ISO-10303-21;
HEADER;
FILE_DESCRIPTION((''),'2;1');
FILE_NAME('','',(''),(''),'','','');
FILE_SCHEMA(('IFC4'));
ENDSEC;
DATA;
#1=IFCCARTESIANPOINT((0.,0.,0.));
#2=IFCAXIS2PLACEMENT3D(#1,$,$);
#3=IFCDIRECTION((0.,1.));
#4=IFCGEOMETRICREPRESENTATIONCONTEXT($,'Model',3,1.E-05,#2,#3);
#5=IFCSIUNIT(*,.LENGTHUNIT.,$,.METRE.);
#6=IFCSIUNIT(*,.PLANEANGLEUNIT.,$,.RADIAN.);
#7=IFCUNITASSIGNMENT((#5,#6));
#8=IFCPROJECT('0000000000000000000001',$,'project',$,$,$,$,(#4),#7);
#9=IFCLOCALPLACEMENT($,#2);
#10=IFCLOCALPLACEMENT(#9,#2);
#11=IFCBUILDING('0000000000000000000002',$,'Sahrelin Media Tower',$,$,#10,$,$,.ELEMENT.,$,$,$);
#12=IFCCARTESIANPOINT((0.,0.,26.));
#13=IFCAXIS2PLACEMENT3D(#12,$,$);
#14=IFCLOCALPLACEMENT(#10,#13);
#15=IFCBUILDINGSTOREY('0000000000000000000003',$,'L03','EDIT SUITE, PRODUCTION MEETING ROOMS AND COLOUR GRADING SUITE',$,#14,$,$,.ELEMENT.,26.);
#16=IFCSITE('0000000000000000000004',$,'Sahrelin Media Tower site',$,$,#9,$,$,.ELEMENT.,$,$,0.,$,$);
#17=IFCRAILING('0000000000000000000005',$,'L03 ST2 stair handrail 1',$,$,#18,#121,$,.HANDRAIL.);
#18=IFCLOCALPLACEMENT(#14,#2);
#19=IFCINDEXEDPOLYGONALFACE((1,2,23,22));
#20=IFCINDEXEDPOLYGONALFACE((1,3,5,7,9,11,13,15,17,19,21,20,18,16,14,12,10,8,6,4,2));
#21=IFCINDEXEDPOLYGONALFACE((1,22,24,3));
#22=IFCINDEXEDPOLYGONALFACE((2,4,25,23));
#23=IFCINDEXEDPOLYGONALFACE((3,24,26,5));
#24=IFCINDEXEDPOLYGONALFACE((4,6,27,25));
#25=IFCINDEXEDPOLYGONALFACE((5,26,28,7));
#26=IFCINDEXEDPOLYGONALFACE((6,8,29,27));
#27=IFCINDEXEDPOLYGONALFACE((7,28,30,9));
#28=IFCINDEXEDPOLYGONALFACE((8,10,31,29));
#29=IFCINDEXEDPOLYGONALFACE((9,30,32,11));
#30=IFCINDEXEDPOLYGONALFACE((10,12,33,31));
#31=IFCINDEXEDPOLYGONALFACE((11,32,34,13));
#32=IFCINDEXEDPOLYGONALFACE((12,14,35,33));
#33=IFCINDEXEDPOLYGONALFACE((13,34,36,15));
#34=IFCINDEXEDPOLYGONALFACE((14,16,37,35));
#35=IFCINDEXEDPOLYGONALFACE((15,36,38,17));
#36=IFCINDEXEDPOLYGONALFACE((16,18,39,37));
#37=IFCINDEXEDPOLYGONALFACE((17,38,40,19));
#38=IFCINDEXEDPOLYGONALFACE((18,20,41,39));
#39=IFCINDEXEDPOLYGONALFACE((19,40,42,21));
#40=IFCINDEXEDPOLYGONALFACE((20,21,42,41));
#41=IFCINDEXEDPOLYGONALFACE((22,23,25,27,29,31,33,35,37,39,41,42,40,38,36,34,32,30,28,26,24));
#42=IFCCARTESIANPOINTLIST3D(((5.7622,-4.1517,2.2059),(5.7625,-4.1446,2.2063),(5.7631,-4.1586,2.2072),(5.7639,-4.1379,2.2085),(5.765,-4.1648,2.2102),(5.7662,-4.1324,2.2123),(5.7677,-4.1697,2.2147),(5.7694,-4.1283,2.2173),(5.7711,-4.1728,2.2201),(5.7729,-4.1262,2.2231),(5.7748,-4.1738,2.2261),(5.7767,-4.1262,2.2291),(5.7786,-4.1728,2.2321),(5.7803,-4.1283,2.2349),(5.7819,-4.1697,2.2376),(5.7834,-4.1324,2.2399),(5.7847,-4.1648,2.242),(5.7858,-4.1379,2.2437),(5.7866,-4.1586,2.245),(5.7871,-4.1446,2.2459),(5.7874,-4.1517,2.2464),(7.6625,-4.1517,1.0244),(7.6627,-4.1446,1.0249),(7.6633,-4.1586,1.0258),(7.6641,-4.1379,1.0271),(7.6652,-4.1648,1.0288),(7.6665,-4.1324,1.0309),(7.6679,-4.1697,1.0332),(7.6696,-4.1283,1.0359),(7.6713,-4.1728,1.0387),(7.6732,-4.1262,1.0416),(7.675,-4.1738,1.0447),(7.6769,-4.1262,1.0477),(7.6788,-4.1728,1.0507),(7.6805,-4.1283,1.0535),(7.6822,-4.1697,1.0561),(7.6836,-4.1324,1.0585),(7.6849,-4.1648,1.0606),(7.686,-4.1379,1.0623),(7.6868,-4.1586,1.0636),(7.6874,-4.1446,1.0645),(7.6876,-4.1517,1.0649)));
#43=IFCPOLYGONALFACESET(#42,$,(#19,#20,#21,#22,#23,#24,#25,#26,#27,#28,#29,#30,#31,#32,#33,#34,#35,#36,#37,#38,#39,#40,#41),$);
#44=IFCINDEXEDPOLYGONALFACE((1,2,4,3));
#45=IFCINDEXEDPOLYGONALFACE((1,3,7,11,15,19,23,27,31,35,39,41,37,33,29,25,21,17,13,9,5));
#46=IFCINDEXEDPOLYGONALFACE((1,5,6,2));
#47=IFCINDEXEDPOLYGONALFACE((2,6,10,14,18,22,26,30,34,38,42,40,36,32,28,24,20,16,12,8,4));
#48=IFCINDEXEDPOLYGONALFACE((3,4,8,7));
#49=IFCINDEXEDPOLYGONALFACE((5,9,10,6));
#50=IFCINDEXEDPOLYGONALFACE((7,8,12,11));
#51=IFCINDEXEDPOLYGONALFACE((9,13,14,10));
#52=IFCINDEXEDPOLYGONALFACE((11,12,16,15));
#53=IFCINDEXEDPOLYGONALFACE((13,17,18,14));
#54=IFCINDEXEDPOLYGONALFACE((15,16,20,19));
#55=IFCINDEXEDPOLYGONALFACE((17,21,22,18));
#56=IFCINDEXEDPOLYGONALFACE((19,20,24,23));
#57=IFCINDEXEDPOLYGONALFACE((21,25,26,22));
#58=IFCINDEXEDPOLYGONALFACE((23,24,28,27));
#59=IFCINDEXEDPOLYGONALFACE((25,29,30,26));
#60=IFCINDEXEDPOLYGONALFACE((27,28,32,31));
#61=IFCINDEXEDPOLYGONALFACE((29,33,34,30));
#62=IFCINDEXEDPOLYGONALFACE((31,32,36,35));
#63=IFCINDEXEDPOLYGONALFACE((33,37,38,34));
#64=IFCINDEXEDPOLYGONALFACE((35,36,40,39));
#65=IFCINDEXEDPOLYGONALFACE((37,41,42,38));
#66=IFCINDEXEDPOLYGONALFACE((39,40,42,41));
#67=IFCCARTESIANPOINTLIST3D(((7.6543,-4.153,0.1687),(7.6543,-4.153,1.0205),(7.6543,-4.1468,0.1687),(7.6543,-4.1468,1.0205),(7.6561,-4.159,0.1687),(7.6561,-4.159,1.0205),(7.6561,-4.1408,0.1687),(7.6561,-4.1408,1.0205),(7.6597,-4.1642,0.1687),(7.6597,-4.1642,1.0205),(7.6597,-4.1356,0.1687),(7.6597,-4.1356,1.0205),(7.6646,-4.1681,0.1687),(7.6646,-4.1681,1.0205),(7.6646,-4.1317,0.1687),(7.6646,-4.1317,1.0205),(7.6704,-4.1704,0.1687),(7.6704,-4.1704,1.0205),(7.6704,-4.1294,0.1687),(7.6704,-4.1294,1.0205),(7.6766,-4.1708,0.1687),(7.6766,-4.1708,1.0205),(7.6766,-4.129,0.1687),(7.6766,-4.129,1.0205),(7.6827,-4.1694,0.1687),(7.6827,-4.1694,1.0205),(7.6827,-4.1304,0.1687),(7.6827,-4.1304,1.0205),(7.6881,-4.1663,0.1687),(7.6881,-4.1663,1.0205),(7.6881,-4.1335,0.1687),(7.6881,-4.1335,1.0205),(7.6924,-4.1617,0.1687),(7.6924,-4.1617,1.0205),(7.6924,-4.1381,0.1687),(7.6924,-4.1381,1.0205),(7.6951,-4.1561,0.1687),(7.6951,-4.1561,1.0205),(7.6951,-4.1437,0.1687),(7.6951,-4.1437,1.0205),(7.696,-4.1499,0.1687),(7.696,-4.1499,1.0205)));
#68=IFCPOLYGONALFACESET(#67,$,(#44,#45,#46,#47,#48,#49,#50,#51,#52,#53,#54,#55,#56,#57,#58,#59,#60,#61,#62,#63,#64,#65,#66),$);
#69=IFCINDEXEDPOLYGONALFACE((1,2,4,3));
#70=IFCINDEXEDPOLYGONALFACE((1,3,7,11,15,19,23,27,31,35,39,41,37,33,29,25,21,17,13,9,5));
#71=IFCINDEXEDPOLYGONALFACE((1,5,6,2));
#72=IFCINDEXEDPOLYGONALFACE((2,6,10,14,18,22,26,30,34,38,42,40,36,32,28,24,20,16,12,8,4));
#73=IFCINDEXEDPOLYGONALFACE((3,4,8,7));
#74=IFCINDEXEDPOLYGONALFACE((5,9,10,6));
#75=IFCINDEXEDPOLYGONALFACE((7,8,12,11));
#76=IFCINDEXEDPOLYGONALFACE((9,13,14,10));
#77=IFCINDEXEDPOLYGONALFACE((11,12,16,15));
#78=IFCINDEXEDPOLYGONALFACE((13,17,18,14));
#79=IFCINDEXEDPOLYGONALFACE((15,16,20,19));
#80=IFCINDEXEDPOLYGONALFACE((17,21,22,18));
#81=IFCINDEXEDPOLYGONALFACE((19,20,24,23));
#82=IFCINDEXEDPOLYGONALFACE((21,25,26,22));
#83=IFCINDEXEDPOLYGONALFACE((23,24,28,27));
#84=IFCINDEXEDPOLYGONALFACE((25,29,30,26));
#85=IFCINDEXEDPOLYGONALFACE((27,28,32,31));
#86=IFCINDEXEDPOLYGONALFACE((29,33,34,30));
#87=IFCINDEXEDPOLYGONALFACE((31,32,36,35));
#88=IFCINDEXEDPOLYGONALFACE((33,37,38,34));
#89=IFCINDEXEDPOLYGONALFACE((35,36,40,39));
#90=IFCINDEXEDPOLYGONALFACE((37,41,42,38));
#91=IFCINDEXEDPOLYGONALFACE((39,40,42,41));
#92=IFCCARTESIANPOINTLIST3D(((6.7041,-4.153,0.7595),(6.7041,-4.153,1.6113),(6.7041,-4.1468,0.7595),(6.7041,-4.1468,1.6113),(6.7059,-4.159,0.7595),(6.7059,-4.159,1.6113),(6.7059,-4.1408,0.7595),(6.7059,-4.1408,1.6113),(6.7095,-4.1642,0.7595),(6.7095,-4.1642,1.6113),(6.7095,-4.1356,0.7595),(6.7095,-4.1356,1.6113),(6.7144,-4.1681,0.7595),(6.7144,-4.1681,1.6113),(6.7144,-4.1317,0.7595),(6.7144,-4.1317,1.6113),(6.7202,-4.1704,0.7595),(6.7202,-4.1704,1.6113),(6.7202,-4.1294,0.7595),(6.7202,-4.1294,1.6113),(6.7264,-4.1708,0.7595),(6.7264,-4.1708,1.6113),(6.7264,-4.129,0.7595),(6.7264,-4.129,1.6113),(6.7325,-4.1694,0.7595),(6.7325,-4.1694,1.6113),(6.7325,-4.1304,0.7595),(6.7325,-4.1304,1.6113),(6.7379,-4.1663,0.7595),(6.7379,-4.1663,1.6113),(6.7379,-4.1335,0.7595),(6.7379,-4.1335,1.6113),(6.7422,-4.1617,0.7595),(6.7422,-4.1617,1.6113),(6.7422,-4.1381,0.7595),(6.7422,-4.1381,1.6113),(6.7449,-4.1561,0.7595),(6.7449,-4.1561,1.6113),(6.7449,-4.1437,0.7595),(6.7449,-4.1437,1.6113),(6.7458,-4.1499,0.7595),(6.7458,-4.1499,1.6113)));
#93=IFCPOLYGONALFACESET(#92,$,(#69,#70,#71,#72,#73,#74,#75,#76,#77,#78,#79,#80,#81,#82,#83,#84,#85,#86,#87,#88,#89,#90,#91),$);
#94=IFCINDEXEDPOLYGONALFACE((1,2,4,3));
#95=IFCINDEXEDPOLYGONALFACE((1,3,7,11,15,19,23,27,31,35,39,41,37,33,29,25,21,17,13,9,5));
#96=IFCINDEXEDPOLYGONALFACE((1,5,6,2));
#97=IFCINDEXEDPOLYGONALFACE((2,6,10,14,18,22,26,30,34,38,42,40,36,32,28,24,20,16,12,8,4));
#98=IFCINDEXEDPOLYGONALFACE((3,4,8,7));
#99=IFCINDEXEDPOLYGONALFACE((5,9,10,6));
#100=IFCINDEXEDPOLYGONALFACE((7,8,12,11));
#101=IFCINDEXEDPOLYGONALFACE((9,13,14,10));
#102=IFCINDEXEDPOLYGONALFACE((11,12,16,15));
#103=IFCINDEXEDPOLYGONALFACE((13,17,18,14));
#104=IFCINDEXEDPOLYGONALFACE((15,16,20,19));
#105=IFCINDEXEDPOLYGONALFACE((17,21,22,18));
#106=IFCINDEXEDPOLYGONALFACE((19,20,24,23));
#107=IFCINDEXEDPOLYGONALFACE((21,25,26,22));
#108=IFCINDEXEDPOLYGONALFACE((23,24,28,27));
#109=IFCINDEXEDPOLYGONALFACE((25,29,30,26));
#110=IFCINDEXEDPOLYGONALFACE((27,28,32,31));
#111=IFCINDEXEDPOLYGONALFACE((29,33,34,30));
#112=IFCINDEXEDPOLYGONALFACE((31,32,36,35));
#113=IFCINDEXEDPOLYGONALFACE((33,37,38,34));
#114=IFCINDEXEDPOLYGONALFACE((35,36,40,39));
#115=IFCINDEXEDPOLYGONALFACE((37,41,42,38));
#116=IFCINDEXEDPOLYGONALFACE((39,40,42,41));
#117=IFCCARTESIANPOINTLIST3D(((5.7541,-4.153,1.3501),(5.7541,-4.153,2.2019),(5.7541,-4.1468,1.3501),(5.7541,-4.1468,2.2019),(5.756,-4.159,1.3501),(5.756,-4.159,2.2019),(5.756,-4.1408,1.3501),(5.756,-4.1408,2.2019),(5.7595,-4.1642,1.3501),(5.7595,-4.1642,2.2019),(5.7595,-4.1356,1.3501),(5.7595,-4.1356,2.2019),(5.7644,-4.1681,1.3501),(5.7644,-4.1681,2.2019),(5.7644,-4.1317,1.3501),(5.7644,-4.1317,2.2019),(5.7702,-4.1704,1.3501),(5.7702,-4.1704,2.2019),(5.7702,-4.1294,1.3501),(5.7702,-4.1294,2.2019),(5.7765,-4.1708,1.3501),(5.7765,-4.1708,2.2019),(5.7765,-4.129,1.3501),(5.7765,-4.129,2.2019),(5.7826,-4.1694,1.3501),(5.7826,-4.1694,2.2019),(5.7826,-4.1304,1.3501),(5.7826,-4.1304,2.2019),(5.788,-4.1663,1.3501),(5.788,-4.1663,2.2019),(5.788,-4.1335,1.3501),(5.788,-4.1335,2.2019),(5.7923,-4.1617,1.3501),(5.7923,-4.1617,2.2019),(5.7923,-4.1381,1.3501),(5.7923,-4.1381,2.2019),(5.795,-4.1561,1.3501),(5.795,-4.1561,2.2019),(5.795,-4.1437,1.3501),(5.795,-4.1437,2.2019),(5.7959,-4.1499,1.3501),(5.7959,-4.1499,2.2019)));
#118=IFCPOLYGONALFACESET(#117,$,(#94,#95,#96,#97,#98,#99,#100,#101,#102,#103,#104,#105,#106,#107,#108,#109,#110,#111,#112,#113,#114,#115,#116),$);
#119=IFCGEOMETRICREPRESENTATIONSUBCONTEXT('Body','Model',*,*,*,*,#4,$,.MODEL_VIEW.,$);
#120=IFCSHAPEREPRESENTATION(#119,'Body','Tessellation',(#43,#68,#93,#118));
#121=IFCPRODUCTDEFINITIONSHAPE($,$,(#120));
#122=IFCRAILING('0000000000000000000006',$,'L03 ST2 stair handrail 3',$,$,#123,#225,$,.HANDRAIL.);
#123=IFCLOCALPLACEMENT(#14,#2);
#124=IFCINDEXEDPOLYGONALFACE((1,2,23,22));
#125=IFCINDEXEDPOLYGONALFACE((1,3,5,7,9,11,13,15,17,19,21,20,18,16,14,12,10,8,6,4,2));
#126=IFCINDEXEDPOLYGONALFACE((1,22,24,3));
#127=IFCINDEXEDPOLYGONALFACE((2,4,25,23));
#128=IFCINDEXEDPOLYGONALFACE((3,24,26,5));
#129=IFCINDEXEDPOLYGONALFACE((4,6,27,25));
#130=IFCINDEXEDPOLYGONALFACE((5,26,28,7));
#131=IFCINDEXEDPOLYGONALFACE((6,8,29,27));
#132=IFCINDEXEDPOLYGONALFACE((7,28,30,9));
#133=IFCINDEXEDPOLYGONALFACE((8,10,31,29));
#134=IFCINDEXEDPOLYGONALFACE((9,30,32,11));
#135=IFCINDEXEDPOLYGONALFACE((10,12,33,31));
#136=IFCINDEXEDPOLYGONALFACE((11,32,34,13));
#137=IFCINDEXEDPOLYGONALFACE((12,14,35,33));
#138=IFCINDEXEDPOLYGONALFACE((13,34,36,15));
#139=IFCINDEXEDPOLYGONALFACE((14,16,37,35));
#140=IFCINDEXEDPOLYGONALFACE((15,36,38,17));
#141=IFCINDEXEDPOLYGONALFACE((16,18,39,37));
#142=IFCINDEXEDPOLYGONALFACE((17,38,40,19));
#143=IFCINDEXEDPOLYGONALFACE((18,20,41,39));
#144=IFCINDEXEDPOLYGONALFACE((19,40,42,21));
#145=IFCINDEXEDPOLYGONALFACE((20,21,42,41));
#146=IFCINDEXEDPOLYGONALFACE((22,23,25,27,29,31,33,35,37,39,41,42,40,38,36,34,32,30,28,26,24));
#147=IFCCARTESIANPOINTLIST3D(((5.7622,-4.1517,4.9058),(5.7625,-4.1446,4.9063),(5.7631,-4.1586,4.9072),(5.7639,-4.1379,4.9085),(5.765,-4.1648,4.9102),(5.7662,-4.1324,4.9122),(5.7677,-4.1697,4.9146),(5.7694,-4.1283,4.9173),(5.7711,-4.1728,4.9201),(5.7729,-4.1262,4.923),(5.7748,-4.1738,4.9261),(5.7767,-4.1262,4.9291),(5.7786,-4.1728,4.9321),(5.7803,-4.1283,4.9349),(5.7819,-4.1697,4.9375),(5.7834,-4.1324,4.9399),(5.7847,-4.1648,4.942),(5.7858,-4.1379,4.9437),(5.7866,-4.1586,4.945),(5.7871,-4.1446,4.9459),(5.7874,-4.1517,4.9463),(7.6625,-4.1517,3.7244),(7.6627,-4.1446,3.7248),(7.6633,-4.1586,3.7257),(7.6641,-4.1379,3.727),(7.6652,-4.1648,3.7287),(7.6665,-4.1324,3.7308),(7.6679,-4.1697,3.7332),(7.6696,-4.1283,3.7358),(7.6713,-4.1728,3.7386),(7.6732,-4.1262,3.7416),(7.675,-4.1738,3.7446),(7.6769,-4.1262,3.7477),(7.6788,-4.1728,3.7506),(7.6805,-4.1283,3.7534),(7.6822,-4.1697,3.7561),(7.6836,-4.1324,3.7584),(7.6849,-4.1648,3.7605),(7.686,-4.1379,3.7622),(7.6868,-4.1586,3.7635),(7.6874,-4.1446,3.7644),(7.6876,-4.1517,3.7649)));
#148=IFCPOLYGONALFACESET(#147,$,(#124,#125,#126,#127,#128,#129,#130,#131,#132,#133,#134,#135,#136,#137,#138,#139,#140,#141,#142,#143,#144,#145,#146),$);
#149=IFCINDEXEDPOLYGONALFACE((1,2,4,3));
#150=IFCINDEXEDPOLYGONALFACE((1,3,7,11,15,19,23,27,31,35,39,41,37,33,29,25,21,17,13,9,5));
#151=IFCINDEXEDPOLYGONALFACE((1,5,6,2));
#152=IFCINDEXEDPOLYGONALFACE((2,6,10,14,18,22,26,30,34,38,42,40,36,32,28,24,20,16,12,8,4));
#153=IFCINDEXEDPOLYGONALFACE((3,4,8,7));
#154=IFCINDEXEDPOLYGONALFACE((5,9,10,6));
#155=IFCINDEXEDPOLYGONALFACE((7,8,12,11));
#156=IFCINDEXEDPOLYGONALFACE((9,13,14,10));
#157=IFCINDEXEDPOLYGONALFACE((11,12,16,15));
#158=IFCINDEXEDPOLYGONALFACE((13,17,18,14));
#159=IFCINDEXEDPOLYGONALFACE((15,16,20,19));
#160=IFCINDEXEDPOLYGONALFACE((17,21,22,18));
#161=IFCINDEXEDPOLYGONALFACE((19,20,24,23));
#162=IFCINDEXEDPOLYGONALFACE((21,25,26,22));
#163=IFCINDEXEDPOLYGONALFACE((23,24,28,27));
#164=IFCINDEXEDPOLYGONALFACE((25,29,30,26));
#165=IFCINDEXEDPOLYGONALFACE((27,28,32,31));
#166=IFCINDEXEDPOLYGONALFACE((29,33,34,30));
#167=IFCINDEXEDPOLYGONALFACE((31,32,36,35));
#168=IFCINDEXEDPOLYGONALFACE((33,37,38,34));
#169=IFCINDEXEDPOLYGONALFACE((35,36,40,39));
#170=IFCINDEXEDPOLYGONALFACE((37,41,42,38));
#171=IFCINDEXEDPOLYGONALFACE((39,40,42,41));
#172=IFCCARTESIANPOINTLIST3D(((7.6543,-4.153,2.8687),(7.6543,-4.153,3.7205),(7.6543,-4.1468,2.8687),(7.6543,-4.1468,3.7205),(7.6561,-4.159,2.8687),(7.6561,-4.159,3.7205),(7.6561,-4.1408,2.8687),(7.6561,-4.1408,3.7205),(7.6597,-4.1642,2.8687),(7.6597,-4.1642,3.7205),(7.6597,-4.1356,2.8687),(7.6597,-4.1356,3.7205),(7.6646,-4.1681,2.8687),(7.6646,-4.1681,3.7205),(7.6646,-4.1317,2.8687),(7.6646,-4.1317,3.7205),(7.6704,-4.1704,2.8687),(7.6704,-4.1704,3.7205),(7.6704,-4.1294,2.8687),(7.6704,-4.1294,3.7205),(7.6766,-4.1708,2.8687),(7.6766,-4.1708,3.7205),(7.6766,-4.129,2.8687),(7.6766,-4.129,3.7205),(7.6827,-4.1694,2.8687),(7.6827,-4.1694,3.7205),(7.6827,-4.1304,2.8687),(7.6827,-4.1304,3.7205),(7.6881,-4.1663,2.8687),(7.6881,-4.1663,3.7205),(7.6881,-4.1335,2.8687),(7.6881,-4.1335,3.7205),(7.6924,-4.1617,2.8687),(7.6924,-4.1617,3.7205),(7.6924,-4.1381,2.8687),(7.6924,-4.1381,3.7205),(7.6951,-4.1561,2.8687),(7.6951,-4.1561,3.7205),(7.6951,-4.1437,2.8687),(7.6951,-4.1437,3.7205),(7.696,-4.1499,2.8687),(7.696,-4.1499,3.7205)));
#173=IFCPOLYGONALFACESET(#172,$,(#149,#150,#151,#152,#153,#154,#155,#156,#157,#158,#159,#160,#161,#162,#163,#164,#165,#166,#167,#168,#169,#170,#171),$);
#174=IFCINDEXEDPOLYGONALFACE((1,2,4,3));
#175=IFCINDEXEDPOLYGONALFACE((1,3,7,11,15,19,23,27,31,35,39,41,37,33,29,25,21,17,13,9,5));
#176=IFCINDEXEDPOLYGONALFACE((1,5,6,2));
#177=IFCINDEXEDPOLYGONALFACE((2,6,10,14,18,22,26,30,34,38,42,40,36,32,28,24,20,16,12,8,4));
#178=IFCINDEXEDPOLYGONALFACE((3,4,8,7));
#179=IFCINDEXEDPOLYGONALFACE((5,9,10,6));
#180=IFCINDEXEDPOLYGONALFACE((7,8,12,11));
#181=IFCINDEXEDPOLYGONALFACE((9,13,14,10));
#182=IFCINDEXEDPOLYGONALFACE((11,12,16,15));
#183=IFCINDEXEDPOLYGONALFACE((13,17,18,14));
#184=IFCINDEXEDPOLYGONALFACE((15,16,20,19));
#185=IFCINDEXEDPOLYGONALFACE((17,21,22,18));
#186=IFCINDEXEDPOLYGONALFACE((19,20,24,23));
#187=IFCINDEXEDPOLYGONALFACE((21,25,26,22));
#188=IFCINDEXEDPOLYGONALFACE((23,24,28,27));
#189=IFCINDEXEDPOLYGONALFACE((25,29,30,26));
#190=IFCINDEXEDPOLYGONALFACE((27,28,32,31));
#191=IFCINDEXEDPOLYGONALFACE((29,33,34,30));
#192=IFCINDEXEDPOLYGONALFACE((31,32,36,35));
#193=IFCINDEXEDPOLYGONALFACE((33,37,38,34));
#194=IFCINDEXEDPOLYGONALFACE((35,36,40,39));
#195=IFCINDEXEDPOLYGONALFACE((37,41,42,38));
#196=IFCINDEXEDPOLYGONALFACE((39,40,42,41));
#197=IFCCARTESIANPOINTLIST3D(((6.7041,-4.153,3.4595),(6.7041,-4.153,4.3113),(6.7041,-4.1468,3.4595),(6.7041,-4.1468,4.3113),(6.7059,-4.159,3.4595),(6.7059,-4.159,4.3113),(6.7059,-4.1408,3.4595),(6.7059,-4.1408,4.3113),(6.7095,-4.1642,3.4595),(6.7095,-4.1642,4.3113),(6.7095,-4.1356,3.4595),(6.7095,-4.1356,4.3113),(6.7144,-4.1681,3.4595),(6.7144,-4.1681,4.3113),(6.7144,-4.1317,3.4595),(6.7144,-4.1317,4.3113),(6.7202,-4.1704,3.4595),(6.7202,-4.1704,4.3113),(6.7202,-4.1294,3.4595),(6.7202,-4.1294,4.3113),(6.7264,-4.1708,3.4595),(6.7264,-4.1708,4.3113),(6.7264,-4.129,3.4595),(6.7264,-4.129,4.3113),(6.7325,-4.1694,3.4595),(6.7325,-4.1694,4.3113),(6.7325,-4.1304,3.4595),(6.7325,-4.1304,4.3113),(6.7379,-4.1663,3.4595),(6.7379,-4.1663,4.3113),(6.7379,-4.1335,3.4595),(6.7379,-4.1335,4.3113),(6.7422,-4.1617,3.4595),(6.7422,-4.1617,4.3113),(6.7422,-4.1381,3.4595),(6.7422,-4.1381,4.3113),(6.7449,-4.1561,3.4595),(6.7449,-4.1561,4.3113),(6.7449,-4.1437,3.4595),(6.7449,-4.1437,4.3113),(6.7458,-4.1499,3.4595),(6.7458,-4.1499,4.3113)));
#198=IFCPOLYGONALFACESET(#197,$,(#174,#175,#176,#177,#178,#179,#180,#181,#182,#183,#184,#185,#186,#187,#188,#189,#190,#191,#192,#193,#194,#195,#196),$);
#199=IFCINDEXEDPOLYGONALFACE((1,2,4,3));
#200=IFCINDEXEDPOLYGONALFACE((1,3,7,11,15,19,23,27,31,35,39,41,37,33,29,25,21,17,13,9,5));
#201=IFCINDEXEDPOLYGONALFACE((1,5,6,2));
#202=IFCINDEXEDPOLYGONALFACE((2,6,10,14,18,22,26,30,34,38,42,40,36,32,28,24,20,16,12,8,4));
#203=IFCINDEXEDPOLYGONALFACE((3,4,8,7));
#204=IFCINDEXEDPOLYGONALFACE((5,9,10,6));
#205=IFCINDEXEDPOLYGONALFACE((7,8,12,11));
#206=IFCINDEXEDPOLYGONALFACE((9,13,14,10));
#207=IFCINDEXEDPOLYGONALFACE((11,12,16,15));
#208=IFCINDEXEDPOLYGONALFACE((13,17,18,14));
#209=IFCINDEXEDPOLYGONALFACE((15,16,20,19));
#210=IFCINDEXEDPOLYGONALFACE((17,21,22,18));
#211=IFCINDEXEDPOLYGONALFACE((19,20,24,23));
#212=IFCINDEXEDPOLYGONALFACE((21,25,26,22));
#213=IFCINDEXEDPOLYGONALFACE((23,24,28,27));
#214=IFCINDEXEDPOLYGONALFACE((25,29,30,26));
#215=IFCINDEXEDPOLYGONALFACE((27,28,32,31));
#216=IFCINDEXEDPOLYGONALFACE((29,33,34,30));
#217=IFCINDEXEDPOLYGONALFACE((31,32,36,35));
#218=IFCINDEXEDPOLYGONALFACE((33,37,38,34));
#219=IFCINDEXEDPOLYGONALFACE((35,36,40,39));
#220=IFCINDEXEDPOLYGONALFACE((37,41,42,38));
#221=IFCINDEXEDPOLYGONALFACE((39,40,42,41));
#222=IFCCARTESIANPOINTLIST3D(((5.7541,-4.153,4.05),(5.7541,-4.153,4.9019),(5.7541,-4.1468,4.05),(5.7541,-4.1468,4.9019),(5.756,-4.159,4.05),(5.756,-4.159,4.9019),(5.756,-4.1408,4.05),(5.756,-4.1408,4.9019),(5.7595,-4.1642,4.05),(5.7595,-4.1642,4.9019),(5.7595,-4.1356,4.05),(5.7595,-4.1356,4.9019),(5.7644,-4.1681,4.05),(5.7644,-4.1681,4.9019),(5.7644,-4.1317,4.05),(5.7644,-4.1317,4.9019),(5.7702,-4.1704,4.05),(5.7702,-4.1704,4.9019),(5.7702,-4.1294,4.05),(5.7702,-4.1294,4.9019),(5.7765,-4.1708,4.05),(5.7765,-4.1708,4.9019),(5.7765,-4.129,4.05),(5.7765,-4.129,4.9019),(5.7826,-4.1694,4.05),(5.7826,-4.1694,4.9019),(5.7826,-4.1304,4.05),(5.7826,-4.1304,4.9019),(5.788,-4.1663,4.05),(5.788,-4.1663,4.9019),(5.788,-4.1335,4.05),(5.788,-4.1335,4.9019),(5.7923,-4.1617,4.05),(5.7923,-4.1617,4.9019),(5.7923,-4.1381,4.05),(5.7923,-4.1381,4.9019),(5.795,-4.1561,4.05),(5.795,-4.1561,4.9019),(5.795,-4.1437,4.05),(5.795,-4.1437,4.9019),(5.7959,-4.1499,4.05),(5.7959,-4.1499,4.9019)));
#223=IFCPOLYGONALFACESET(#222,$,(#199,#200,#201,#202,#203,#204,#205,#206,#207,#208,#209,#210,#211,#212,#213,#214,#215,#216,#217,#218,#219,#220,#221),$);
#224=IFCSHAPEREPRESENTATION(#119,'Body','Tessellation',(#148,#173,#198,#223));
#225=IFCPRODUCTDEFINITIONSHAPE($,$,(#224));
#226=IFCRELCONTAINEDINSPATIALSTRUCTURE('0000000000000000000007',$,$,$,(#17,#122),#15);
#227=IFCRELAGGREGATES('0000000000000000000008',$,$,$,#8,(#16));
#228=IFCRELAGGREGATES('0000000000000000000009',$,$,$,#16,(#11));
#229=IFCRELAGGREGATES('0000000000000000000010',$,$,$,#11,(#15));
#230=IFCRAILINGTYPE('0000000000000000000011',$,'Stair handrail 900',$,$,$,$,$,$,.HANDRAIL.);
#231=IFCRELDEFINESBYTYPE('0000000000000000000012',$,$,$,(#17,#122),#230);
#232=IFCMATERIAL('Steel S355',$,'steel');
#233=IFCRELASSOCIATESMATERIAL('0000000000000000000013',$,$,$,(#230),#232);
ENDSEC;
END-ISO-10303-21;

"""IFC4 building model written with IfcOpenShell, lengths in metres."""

from ifc_helpers import new_model, si_unit, direction, frame, origin, origin_2d, place, context, subcontext, project, spatial, circle, extrude, material, type_object, element, save


model = new_model("IFC4")

# Units and contexts
model_context = context("Model", 3, precision=1e-05, world=origin(), true_north=direction((0.0, 1.0)))
body_context = subcontext(model_context, "Body", "Model", "MODEL_VIEW")
ifc_project = project(units=[si_unit("LENGTHUNIT", "METRE"), si_unit("PLANEANGLEUNIT", "RADIAN")], contexts=[model_context])

# Site, building, storey
site_placement = place(None, origin())
site = spatial("IfcSite", under=ifc_project, at=site_placement, Name="Sahrelin Media Tower site", CompositionType="ELEMENT", RefElevation=0.0)
building_placement = place(site_placement, origin())
building = spatial("IfcBuilding", under=site, at=building_placement, Name="Sahrelin Media Tower", CompositionType="ELEMENT")
storey_placement = place(building_placement, frame((0.0, 0.0, 26.0)))
storey = spatial("IfcBuildingStorey", under=building, at=storey_placement, Name="L03", Description="EDIT SUITE, PRODUCTION MEETING ROOMS AND COLOUR GRADING SUITE", CompositionType="ELEMENT", Elevation=26.0)

# Shared definitions
ifc_material_1 = material(Name="Steel S355", Category="steel")

# Railings
railing_type_1 = type_object("IfcRailingType", Name="Stair handrail 900", PredefinedType="HANDRAIL", material=ifc_material_1)
for number, where, name in (
    (1, (7.675, -4.1499, 0.1687), "L03 ST2 stair handrail 1"),
    (2, (7.675, -4.1499, 2.8687), "L03 ST2 stair handrail 3"),
):
    element("IfcRailing", number, at=place(storey_placement, frame(where)), inside=storey, type_object=railing_type_1, Name=name, PredefinedType="HANDRAIL", context=body_context, shape_type="SweptSolid", body=[
        extrude(circle(Radius=0.0239, at=origin_2d()), frame((0.0, 0.0, 0.876), z_axis=(-0.84924, 0.0, 0.528006), x_axis=(0.0, -1.0, 0.0)), (0.0, 0.0, 1.0), 2.2375),
        extrude(circle(Radius=0.021, at=origin_2d()), origin(), (0.0, 0.0, 1.0), 0.8518),
        extrude(circle(Radius=0.021, at=origin_2d()), frame((-0.9502, 0.0, 0.5908)), (0.0, 0.0, 1.0), 0.8518),
        extrude(circle(Radius=0.021, at=origin_2d()), frame((-1.9001, 0.0, 1.1814)), (0.0, 0.0, 1.0), 0.8518),
    ])

save(model, "model.ifc")
